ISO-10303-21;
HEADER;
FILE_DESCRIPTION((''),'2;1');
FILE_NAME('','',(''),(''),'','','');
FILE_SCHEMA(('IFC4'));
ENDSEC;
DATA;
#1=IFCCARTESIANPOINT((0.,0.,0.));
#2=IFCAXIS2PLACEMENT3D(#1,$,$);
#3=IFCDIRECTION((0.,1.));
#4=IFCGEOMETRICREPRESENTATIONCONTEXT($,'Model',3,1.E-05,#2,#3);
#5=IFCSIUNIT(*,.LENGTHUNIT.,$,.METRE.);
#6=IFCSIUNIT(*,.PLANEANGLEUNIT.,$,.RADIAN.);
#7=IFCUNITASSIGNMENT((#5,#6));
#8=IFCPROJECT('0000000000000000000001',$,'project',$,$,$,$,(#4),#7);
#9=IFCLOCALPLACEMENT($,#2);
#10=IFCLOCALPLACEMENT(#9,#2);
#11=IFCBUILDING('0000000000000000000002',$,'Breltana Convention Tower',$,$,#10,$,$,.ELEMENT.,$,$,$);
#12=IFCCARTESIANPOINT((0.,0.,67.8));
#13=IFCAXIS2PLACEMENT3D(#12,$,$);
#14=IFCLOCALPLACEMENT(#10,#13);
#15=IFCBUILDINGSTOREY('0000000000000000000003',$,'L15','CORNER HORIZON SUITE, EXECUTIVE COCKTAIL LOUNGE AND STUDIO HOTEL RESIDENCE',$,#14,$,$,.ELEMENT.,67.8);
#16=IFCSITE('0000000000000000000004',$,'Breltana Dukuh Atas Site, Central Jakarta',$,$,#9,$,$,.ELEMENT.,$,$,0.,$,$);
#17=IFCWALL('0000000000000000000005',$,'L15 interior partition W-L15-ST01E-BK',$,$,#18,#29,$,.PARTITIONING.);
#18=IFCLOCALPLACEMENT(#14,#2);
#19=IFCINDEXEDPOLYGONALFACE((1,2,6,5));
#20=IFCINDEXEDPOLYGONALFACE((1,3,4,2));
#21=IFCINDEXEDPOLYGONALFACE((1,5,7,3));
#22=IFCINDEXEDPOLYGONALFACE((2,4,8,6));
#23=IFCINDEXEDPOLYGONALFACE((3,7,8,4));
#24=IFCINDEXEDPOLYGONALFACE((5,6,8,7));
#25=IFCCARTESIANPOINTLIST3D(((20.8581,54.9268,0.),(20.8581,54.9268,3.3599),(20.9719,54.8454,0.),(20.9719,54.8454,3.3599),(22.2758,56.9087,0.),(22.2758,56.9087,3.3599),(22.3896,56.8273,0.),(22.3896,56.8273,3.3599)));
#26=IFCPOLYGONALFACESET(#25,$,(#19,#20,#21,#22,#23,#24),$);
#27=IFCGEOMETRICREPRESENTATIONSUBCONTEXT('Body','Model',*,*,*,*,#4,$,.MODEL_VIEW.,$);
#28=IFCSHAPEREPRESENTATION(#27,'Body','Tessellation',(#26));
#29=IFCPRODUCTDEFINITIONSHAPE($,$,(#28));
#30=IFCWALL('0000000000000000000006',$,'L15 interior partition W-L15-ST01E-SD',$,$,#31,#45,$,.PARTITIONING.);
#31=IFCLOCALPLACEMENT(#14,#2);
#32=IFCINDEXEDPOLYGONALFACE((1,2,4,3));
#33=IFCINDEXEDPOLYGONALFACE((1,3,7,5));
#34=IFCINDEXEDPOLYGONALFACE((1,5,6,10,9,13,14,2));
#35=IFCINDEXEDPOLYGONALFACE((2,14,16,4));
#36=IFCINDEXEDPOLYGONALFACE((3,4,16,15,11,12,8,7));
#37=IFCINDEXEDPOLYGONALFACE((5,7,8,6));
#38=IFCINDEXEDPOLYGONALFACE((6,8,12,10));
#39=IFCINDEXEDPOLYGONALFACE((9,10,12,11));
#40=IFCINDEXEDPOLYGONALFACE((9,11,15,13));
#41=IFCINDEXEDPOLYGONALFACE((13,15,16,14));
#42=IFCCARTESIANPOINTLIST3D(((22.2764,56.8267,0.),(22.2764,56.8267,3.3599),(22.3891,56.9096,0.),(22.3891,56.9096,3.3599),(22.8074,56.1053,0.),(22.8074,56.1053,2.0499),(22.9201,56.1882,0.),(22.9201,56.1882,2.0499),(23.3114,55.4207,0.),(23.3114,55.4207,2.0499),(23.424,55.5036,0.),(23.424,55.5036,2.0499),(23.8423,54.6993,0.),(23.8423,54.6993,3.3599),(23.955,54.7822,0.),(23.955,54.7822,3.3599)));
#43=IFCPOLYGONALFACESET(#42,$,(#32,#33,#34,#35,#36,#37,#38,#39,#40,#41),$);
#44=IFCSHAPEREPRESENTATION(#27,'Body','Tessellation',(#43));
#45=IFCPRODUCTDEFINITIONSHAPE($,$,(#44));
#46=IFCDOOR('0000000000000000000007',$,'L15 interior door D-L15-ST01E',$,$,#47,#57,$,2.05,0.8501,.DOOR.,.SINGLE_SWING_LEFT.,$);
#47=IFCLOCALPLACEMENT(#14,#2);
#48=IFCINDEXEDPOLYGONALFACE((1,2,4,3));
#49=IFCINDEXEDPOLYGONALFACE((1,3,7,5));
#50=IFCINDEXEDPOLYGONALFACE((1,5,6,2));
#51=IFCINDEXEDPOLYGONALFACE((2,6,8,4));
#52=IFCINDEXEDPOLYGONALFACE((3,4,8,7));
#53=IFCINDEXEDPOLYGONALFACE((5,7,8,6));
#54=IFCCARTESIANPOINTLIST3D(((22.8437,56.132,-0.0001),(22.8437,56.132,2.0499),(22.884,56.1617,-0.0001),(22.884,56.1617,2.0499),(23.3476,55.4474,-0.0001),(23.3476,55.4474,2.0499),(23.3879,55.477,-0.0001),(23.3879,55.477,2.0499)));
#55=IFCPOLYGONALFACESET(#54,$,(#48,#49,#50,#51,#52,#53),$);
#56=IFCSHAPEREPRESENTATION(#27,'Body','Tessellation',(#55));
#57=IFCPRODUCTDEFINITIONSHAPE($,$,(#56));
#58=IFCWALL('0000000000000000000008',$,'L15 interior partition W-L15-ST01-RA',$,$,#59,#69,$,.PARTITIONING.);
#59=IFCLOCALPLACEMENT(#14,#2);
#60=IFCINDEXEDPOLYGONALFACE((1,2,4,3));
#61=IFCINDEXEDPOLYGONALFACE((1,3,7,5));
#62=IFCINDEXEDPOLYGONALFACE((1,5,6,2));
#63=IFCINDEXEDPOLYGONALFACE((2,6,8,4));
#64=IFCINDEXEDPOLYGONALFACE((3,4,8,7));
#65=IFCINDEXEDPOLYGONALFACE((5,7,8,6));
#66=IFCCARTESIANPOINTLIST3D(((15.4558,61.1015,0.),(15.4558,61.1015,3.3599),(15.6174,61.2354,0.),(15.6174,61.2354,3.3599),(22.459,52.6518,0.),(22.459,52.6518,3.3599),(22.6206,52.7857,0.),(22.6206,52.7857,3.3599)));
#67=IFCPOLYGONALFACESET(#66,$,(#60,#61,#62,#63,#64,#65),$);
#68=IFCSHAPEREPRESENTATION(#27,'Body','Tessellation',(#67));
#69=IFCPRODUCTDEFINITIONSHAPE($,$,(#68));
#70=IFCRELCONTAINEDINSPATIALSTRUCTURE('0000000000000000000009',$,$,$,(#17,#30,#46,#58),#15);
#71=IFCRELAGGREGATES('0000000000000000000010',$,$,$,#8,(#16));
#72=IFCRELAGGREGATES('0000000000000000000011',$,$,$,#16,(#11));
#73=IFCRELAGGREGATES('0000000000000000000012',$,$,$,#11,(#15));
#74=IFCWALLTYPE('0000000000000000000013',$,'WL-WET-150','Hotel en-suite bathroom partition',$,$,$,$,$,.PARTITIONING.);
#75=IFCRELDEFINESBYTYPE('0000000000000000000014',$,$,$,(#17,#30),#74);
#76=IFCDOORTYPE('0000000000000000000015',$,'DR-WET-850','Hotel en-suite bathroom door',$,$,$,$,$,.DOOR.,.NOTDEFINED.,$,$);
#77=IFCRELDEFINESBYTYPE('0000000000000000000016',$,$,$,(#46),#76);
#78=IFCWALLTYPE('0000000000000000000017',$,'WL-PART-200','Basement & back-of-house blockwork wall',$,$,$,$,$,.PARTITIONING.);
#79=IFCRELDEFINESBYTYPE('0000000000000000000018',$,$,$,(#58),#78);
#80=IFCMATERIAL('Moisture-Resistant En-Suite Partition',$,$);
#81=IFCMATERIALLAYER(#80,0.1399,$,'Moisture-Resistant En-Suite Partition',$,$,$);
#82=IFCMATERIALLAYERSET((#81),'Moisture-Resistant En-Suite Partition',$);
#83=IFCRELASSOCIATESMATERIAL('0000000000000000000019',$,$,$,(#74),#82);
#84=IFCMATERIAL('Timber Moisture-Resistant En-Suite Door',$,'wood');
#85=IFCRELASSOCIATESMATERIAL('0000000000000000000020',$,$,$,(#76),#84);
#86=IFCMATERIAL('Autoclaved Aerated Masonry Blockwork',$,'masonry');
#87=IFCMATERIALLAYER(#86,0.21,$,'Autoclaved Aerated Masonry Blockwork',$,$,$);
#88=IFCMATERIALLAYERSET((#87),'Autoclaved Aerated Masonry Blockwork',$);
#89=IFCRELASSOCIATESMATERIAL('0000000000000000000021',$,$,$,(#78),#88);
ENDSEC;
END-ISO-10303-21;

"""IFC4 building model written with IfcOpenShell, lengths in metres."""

from ifc_helpers import new_model, si_unit, direction, frame, frame_2d, origin, place, context, subcontext, project, spatial, rectangle, extrude, source, transform, mapped, material, layer, layer_set, type_object, type_shapes, element, fill, save


model = new_model("IFC4")

# Units and contexts
model_context = context("Model", 3, precision=1e-05, world=origin(), true_north=direction((0.0, 1.0)))
body_context = subcontext(model_context, "Body", "Model", "MODEL_VIEW")
ifc_project = project(units=[si_unit("LENGTHUNIT", "METRE"), si_unit("PLANEANGLEUNIT", "RADIAN")], contexts=[model_context])

# Site, building, storey
site_placement = place(None, origin())
site = spatial("IfcSite", under=ifc_project, at=site_placement, Name="Breltana Dukuh Atas Site, Central Jakarta", CompositionType="ELEMENT", RefElevation=0.0)
building_placement = place(site_placement, origin())
building = spatial("IfcBuilding", under=site, at=building_placement, Name="Breltana Convention Tower", CompositionType="ELEMENT")
storey_placement = place(building_placement, frame((0.0, 0.0, 67.8)))
storey = spatial("IfcBuildingStorey", under=building, at=storey_placement, Name="L15", Description="CORNER HORIZON SUITE, EXECUTIVE COCKTAIL LOUNGE AND STUDIO HOTEL RESIDENCE", CompositionType="ELEMENT", Elevation=67.8)

# Shared definitions
ifc_material_1 = material(Name="Moisture-Resistant En-Suite Partition")
ifc_layer_1 = layer(ifc_material_1, 0.1399, Name="Moisture-Resistant En-Suite Partition")
ifc_layer_set_1 = layer_set([ifc_layer_1], Name="Moisture-Resistant En-Suite Partition")
wall_type_1 = type_object("IfcWallType", Name="WL-WET-150", Description="Hotel en-suite bathroom partition", PredefinedType="PARTITIONING", material=ifc_layer_set_1)
ifc_material_2 = material(Name="Timber Moisture-Resistant En-Suite Door", Category="wood")
door_type_1 = type_object("IfcDoorType", Name="DR-WET-850", Description="Hotel en-suite bathroom door", OperationType="NOTDEFINED", PredefinedType="DOOR", material=ifc_material_2)
shared_shape_1 = source(origin(), body_context, "Body", "SweptSolid", [
    extrude(rectangle(XDim=0.8501, YDim=2.05, at=frame_2d((0.425, 1.0249))), frame((0.0, 0.0249, 0.0), z_axis=(0.0, -1.0, 0.0), x_axis=(1.0, 0.0, 0.0)), (0.0, 0.0, 1.0), 0.05),
])
type_shapes(door_type_1, [shared_shape_1])

# Wall
shared_shape_2 = source(origin(), body_context, "Body", "SweptSolid", [
    extrude(rectangle(XDim=2.4368, YDim=0.1399, at=frame_2d((1.2183, 0.0))), origin(), (0.0, 0.0, 1.0), 3.3599),
])
wall_1_placement = place(storey_placement, frame((20.915, 54.8862, 0.0), z_axis=(0.0, 0.0, 1.0), x_axis=(0.581797, 0.813334, 0.0)))
element("IfcWall", 1, at=wall_1_placement, inside=storey, type_object=wall_type_1, Name="L15 interior partition W-L15-ST01E-BK", PredefinedType="PARTITIONING", context=body_context, shape_type="MappedRepresentation", body=[
    mapped(shared_shape_2, transform((0.0, 0.0, 0.0), scale=1.0)),
])

# Wall, opening, door
shared_shape_3 = source(origin(), body_context, "Body", "SweptSolid", [
    extrude(rectangle(XDim=2.6416, YDim=0.1399, at=frame_2d((1.3208, 0.0))), origin(), (0.0, 0.0, 1.0), 3.3599),
])
wall_2_placement = place(storey_placement, frame((23.8987, 54.7407, 0.0), z_axis=(0.0, 0.0, 1.0), x_axis=(-0.592789, 0.805358, 0.0)))
wall_2 = element("IfcWall", 2, at=wall_2_placement, inside=storey, type_object=wall_type_1, Name="L15 interior partition W-L15-ST01E-SD", PredefinedType="PARTITIONING", context=body_context, shape_type="MappedRepresentation", body=[
    mapped(shared_shape_3, transform((0.0, 0.0, 0.0), scale=1.0)),
])
opening_1_placement = place(wall_2_placement, frame((0.8958, 0.0, 0.0)))
opening_1 = element("IfcOpeningElement", 3, at=opening_1_placement, cuts=wall_2, PredefinedType="OPENING", context=body_context, shape_type="SweptSolid", body=[
    extrude(rectangle(XDim=0.8501, YDim=2.05, at=frame_2d((0.425, 1.0249))), frame((0.0, 0.0801, 0.0), z_axis=(0.0, -1.0, 0.0), x_axis=(1.0, 0.0, 0.0)), (0.0, 0.0, 1.0), 0.1599),
])
door_1_placement = place(opening_1_placement, origin())
door_1 = element("IfcDoor", 4, at=door_1_placement, inside=storey, type_object=door_type_1, Name="L15 interior door D-L15-ST01E", OperationType="SINGLE_SWING_LEFT", OverallHeight=2.05, OverallWidth=0.8501, PredefinedType="DOOR", context=body_context, shape_type="MappedRepresentation", body=[
    mapped(shared_shape_1, transform((0.0, 0.0, 0.0), scale=1.0)),
])
fill(opening_1, door_1)

# Wall
ifc_material_3 = material(Name="Autoclaved Aerated Masonry Blockwork", Category="masonry")
ifc_layer_2 = layer(ifc_material_3, 0.21, Name="Autoclaved Aerated Masonry Blockwork")
ifc_layer_set_2 = layer_set([ifc_layer_2], Name="Autoclaved Aerated Masonry Blockwork")
wall_type_2 = type_object("IfcWallType", Name="WL-PART-200", Description="Basement & back-of-house blockwork wall", PredefinedType="PARTITIONING", material=ifc_layer_set_2)
shared_shape_4 = source(origin(), body_context, "Body", "SweptSolid", [
    extrude(rectangle(XDim=10.9746, YDim=0.21, at=frame_2d((5.4873, 0.0))), origin(), (0.0, 0.0, 1.0), 3.3599),
])
wall_3_placement = place(storey_placement, frame((22.5398, 52.7188, 0.0), z_axis=(0.0, 0.0, 1.0), x_axis=(-0.638125, 0.769933, 0.0)))
element("IfcWall", 5, at=wall_3_placement, inside=storey, type_object=wall_type_2, Name="L15 interior partition W-L15-ST01-RA", PredefinedType="PARTITIONING", context=body_context, shape_type="MappedRepresentation", body=[
    mapped(shared_shape_4, transform((0.0, 0.0, 0.0), scale=1.0)),
])

save(model, "model.ifc")
